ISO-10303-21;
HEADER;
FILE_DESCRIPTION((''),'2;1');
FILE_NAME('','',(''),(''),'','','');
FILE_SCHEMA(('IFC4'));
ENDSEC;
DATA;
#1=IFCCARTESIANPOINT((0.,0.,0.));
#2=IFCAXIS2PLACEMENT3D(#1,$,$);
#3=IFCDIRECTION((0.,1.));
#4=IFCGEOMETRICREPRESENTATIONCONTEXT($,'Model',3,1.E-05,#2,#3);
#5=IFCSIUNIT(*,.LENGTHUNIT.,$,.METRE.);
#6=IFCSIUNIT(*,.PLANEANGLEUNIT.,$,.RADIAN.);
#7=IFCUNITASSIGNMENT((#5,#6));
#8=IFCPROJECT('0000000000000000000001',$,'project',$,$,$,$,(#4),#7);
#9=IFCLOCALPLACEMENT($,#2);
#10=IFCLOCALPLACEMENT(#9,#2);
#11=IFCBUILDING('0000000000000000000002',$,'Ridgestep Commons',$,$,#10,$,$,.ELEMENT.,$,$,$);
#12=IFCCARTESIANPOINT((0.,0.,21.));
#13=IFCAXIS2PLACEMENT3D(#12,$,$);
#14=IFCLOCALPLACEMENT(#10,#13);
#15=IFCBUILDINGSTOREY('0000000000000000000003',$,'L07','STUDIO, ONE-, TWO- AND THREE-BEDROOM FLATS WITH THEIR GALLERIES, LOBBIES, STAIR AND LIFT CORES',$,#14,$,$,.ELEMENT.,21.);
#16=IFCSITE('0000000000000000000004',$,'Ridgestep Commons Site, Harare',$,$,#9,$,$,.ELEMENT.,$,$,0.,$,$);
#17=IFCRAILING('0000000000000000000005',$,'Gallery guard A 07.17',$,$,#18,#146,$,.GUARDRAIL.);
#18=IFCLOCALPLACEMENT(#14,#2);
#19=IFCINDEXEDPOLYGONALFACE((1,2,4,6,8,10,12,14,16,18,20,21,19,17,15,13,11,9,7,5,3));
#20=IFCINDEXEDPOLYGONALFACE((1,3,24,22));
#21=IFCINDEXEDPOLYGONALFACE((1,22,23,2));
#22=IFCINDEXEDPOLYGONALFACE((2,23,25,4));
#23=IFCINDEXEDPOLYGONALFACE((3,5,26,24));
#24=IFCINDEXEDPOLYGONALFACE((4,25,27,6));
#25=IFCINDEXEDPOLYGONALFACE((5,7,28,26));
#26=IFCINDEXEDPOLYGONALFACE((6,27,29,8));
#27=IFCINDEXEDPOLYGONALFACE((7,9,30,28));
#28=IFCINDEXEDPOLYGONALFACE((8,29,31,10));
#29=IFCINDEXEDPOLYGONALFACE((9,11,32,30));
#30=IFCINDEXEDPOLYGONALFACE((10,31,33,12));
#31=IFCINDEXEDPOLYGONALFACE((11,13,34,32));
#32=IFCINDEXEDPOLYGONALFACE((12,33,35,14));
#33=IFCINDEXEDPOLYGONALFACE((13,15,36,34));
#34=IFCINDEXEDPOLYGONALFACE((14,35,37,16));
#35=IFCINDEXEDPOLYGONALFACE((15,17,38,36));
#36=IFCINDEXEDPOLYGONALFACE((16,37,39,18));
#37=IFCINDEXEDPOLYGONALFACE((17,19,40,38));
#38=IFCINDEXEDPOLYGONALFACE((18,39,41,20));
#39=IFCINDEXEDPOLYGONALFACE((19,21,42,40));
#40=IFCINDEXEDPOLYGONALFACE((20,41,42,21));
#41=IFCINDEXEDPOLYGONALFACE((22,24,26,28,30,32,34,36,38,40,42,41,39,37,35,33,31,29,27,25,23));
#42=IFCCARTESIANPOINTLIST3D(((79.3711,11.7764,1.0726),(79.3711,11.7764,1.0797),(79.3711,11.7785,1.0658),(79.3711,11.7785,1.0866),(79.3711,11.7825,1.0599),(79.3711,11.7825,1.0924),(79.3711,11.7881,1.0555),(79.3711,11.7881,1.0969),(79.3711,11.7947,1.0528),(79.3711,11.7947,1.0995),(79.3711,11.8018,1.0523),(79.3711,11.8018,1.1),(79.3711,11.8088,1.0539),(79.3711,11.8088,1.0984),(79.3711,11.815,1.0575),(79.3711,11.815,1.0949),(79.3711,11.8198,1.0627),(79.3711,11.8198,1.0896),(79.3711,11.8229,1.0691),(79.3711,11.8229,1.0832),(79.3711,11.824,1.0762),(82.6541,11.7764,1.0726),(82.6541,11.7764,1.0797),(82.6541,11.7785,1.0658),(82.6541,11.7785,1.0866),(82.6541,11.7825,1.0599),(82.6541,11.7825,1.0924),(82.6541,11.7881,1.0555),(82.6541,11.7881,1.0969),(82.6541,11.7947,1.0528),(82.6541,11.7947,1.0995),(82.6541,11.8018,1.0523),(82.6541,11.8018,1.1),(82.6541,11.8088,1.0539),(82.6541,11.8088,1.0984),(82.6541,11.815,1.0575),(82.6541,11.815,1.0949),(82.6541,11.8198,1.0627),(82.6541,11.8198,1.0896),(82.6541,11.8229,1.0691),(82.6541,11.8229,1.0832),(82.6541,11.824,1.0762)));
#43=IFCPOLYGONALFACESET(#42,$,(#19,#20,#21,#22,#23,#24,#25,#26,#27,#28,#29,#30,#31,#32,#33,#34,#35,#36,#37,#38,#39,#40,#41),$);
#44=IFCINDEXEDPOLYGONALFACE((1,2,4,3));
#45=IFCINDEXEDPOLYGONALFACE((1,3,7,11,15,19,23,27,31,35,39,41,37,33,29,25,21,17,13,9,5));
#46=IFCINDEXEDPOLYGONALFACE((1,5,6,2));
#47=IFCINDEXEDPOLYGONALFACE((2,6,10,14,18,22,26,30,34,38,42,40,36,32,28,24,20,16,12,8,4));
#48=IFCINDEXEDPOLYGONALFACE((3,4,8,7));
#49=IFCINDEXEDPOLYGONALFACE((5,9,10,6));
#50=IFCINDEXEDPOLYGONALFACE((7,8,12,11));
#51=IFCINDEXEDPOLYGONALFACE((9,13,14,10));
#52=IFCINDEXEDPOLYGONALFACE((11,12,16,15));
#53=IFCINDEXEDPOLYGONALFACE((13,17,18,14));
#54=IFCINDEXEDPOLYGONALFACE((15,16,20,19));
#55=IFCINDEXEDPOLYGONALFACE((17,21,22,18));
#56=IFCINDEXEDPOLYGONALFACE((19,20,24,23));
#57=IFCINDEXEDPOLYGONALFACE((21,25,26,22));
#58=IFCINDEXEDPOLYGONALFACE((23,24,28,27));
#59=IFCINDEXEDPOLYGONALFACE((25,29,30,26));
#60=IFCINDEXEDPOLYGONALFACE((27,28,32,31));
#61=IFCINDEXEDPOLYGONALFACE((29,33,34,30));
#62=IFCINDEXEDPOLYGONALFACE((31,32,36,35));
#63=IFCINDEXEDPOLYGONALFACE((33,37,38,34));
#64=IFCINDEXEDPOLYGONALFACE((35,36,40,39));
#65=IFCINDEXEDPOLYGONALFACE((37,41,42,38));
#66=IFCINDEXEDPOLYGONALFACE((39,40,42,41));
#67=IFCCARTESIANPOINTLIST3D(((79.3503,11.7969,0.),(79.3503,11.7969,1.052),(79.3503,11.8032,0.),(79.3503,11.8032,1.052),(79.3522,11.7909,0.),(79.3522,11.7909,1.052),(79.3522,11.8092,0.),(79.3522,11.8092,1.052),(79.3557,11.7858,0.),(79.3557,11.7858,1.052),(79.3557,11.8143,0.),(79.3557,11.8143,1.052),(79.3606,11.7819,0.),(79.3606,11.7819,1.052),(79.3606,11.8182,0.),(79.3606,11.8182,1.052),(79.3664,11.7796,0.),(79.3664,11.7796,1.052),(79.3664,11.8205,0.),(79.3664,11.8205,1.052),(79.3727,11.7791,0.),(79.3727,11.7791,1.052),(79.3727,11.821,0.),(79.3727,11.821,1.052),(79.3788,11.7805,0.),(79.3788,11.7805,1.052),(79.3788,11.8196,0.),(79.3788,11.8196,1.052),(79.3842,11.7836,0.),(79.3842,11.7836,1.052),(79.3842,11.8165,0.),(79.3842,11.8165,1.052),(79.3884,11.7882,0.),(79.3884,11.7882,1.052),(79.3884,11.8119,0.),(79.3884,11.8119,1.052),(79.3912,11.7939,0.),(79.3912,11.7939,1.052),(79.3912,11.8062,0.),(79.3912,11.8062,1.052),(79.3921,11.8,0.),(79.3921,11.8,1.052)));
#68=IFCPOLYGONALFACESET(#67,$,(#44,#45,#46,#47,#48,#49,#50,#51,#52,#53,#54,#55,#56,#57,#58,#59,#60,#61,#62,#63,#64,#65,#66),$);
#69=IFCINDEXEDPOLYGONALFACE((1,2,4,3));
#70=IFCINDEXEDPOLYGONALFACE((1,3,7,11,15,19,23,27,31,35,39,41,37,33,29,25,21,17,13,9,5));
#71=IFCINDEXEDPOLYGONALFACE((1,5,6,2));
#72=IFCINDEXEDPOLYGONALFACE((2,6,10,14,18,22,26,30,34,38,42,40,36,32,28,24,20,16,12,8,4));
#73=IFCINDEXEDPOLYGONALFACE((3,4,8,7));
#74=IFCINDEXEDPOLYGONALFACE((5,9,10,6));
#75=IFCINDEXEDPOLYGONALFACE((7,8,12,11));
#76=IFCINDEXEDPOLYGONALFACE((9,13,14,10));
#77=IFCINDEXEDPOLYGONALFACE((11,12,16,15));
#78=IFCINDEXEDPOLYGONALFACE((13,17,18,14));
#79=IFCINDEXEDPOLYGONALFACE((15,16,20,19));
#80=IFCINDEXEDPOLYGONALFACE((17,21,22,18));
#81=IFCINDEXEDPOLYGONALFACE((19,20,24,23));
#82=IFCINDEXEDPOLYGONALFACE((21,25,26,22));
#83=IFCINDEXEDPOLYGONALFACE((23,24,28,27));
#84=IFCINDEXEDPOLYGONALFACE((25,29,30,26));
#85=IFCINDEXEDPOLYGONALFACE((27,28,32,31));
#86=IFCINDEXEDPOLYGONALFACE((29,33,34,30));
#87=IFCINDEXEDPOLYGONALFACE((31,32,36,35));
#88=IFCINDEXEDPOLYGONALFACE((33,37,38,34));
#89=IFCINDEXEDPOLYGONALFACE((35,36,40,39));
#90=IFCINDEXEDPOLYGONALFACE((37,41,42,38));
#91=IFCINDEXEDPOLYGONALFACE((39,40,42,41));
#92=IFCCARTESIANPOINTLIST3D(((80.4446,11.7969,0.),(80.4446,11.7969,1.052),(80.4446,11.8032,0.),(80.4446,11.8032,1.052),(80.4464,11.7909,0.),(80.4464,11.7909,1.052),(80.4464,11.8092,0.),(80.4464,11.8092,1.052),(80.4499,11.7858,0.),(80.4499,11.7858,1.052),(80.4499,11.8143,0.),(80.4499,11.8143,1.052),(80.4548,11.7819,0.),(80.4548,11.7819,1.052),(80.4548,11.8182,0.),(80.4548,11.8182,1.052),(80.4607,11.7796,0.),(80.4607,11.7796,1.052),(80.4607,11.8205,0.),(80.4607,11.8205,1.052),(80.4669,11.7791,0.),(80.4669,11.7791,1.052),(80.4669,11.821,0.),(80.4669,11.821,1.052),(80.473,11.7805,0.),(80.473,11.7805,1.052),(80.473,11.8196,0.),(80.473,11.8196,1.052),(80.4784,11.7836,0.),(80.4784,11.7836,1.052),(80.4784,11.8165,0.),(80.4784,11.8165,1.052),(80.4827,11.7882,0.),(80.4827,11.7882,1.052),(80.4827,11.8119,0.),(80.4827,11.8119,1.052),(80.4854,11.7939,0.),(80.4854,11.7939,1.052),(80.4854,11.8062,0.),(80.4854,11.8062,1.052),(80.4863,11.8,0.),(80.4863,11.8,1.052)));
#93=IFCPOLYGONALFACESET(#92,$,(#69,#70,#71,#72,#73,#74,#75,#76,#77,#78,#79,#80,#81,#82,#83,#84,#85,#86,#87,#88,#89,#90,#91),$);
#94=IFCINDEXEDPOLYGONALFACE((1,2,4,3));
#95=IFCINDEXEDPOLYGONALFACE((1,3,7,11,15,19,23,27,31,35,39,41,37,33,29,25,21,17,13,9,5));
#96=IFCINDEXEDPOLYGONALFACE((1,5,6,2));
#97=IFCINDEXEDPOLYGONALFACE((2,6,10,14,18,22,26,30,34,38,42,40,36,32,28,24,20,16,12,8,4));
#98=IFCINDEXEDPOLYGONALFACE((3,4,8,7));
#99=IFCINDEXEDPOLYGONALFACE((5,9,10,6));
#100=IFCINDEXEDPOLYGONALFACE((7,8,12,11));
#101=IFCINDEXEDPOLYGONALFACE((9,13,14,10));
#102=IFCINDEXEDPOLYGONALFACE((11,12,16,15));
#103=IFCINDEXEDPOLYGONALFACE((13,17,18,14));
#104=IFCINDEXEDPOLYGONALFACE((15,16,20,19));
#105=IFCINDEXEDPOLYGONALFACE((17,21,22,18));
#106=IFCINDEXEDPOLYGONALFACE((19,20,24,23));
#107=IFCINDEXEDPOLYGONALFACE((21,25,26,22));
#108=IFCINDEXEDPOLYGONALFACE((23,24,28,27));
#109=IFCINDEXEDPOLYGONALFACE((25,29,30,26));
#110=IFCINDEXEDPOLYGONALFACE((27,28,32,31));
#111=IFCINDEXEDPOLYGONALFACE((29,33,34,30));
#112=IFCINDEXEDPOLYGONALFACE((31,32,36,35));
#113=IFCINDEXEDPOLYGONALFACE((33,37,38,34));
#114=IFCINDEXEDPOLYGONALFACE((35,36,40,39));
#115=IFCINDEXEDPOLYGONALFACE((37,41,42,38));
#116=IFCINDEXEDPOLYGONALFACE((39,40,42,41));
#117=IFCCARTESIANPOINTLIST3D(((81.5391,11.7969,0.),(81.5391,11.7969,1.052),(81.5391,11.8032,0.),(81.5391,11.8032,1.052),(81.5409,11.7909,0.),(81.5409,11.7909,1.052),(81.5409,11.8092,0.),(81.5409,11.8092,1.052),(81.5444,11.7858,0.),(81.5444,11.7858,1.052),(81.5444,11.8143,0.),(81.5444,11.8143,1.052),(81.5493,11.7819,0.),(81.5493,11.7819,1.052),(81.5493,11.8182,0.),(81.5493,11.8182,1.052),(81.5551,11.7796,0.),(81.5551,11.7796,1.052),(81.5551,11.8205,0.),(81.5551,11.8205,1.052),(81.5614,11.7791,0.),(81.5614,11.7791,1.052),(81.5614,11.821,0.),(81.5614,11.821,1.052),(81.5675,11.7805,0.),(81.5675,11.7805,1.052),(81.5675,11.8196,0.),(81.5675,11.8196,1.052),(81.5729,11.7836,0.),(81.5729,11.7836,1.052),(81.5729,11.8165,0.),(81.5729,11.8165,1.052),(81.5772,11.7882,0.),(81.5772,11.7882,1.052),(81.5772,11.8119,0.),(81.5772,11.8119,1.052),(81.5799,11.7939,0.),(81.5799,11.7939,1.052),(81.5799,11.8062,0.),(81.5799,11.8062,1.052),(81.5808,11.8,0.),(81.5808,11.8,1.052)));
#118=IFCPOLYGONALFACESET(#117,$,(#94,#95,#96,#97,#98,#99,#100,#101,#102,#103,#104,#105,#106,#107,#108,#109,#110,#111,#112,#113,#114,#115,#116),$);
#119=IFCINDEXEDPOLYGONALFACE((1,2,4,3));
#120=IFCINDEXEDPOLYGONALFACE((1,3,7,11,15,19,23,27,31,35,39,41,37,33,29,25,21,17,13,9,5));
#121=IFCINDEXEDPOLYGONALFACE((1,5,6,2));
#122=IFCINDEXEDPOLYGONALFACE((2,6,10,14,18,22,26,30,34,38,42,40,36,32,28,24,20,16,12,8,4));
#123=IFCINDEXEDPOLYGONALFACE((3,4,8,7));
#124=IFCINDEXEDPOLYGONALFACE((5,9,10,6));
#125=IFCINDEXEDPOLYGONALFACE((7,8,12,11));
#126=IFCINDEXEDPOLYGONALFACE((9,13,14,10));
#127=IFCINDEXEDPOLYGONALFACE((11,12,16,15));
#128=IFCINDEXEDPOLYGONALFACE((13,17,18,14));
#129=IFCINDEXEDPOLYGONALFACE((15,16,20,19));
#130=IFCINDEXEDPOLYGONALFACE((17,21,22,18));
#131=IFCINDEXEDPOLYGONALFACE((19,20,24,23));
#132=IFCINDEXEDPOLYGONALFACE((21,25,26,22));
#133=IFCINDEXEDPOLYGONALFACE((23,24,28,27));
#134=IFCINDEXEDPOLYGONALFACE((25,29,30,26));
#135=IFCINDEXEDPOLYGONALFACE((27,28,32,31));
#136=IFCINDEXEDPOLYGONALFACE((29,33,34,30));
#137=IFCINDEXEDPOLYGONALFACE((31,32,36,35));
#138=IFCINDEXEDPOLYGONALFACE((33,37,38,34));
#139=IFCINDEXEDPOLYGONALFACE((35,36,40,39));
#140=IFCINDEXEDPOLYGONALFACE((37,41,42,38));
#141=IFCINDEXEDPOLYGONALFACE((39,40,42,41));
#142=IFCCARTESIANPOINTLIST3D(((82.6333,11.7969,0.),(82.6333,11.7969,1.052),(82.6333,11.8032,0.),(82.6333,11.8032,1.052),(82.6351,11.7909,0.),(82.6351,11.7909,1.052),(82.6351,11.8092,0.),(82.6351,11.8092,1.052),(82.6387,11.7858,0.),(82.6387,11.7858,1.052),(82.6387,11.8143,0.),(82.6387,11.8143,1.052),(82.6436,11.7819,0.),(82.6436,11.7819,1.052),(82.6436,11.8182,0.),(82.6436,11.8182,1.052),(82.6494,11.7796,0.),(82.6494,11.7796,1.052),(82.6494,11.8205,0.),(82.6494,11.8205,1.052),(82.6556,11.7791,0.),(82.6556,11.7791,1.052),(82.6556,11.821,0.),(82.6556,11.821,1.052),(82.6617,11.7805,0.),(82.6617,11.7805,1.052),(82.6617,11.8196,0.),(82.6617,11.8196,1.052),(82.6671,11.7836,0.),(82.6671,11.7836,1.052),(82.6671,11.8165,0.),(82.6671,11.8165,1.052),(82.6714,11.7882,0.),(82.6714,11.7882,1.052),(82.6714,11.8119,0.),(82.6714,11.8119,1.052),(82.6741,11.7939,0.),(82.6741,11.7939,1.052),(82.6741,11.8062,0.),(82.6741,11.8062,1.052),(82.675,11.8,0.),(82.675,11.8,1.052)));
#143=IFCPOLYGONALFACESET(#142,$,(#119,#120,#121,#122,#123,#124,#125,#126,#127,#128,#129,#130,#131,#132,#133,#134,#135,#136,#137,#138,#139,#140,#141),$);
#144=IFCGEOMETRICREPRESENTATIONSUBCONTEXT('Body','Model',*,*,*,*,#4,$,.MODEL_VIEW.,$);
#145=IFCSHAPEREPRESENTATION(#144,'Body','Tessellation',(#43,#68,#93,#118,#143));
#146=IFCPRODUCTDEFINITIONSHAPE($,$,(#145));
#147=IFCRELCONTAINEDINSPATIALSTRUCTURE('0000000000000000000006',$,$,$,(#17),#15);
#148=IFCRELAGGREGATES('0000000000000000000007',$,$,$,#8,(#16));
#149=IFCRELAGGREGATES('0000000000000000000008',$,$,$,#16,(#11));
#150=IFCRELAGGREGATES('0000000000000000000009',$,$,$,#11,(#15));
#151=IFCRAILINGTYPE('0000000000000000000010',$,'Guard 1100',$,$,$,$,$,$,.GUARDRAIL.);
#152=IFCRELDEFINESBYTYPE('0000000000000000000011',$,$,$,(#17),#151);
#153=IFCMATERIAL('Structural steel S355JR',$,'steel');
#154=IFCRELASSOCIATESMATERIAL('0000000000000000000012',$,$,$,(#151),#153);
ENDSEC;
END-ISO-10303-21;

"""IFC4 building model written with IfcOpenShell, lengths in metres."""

from ifc_helpers import new_model, si_unit, direction, frame, origin, origin_2d, place, context, subcontext, project, spatial, circle, extrude, material, type_object, element, save


model = new_model("IFC4")

# Units and contexts
model_context = context("Model", 3, precision=1e-05, world=origin(), true_north=direction((0.0, 1.0)))
body_context = subcontext(model_context, "Body", "Model", "MODEL_VIEW")
ifc_project = project(units=[si_unit("LENGTHUNIT", "METRE"), si_unit("PLANEANGLEUNIT", "RADIAN")], contexts=[model_context])

# Site, building, storey
site_placement = place(None, origin())
site = spatial("IfcSite", under=ifc_project, at=site_placement, Name="Ridgestep Commons Site, Harare", CompositionType="ELEMENT", RefElevation=0.0)
building_placement = place(site_placement, origin())
building = spatial("IfcBuilding", under=site, at=building_placement, Name="Ridgestep Commons", CompositionType="ELEMENT")
storey_placement = place(building_placement, frame((0.0, 0.0, 21.0)))
storey = spatial("IfcBuildingStorey", under=building, at=storey_placement, Name="L07", Description="STUDIO, ONE-, TWO- AND THREE-BEDROOM FLATS WITH THEIR GALLERIES, LOBBIES, STAIR AND LIFT CORES", CompositionType="ELEMENT", Elevation=21.0)

# Railing
ifc_material_1 = material(Name="Structural steel S355JR", Category="steel")
railing_type = type_object("IfcRailingType", Name="Guard 1100", PredefinedType="GUARDRAIL", material=ifc_material_1)
railing_1_placement = place(storey_placement, frame((79.3711, 11.8, 0.0)))
element("IfcRailing", 1, at=railing_1_placement, inside=storey, type_object=railing_type, Name="Gallery guard A 07.17", PredefinedType="GUARDRAIL", context=body_context, shape_type="SweptSolid", body=[
    extrude(circle(Radius=0.0239, at=origin_2d()), frame((0.0, 0.0, 1.0762), z_axis=(1.0, 0.0, 0.0), x_axis=(0.0, 1.0, 0.0)), (0.0, 0.0, 1.0), 3.283),
    extrude(circle(Radius=0.021, at=origin_2d()), origin(), (0.0, 0.0, 1.0), 1.052),
    extrude(circle(Radius=0.021, at=origin_2d()), frame((1.0942, 0.0, 0.0)), (0.0, 0.0, 1.0), 1.052),
    extrude(circle(Radius=0.021, at=origin_2d()), frame((2.1887, 0.0, 0.0)), (0.0, 0.0, 1.0), 1.052),
    extrude(circle(Radius=0.021, at=origin_2d()), frame((3.283, 0.0, 0.0)), (0.0, 0.0, 1.0), 1.052),
])

save(model, "model.ifc")
